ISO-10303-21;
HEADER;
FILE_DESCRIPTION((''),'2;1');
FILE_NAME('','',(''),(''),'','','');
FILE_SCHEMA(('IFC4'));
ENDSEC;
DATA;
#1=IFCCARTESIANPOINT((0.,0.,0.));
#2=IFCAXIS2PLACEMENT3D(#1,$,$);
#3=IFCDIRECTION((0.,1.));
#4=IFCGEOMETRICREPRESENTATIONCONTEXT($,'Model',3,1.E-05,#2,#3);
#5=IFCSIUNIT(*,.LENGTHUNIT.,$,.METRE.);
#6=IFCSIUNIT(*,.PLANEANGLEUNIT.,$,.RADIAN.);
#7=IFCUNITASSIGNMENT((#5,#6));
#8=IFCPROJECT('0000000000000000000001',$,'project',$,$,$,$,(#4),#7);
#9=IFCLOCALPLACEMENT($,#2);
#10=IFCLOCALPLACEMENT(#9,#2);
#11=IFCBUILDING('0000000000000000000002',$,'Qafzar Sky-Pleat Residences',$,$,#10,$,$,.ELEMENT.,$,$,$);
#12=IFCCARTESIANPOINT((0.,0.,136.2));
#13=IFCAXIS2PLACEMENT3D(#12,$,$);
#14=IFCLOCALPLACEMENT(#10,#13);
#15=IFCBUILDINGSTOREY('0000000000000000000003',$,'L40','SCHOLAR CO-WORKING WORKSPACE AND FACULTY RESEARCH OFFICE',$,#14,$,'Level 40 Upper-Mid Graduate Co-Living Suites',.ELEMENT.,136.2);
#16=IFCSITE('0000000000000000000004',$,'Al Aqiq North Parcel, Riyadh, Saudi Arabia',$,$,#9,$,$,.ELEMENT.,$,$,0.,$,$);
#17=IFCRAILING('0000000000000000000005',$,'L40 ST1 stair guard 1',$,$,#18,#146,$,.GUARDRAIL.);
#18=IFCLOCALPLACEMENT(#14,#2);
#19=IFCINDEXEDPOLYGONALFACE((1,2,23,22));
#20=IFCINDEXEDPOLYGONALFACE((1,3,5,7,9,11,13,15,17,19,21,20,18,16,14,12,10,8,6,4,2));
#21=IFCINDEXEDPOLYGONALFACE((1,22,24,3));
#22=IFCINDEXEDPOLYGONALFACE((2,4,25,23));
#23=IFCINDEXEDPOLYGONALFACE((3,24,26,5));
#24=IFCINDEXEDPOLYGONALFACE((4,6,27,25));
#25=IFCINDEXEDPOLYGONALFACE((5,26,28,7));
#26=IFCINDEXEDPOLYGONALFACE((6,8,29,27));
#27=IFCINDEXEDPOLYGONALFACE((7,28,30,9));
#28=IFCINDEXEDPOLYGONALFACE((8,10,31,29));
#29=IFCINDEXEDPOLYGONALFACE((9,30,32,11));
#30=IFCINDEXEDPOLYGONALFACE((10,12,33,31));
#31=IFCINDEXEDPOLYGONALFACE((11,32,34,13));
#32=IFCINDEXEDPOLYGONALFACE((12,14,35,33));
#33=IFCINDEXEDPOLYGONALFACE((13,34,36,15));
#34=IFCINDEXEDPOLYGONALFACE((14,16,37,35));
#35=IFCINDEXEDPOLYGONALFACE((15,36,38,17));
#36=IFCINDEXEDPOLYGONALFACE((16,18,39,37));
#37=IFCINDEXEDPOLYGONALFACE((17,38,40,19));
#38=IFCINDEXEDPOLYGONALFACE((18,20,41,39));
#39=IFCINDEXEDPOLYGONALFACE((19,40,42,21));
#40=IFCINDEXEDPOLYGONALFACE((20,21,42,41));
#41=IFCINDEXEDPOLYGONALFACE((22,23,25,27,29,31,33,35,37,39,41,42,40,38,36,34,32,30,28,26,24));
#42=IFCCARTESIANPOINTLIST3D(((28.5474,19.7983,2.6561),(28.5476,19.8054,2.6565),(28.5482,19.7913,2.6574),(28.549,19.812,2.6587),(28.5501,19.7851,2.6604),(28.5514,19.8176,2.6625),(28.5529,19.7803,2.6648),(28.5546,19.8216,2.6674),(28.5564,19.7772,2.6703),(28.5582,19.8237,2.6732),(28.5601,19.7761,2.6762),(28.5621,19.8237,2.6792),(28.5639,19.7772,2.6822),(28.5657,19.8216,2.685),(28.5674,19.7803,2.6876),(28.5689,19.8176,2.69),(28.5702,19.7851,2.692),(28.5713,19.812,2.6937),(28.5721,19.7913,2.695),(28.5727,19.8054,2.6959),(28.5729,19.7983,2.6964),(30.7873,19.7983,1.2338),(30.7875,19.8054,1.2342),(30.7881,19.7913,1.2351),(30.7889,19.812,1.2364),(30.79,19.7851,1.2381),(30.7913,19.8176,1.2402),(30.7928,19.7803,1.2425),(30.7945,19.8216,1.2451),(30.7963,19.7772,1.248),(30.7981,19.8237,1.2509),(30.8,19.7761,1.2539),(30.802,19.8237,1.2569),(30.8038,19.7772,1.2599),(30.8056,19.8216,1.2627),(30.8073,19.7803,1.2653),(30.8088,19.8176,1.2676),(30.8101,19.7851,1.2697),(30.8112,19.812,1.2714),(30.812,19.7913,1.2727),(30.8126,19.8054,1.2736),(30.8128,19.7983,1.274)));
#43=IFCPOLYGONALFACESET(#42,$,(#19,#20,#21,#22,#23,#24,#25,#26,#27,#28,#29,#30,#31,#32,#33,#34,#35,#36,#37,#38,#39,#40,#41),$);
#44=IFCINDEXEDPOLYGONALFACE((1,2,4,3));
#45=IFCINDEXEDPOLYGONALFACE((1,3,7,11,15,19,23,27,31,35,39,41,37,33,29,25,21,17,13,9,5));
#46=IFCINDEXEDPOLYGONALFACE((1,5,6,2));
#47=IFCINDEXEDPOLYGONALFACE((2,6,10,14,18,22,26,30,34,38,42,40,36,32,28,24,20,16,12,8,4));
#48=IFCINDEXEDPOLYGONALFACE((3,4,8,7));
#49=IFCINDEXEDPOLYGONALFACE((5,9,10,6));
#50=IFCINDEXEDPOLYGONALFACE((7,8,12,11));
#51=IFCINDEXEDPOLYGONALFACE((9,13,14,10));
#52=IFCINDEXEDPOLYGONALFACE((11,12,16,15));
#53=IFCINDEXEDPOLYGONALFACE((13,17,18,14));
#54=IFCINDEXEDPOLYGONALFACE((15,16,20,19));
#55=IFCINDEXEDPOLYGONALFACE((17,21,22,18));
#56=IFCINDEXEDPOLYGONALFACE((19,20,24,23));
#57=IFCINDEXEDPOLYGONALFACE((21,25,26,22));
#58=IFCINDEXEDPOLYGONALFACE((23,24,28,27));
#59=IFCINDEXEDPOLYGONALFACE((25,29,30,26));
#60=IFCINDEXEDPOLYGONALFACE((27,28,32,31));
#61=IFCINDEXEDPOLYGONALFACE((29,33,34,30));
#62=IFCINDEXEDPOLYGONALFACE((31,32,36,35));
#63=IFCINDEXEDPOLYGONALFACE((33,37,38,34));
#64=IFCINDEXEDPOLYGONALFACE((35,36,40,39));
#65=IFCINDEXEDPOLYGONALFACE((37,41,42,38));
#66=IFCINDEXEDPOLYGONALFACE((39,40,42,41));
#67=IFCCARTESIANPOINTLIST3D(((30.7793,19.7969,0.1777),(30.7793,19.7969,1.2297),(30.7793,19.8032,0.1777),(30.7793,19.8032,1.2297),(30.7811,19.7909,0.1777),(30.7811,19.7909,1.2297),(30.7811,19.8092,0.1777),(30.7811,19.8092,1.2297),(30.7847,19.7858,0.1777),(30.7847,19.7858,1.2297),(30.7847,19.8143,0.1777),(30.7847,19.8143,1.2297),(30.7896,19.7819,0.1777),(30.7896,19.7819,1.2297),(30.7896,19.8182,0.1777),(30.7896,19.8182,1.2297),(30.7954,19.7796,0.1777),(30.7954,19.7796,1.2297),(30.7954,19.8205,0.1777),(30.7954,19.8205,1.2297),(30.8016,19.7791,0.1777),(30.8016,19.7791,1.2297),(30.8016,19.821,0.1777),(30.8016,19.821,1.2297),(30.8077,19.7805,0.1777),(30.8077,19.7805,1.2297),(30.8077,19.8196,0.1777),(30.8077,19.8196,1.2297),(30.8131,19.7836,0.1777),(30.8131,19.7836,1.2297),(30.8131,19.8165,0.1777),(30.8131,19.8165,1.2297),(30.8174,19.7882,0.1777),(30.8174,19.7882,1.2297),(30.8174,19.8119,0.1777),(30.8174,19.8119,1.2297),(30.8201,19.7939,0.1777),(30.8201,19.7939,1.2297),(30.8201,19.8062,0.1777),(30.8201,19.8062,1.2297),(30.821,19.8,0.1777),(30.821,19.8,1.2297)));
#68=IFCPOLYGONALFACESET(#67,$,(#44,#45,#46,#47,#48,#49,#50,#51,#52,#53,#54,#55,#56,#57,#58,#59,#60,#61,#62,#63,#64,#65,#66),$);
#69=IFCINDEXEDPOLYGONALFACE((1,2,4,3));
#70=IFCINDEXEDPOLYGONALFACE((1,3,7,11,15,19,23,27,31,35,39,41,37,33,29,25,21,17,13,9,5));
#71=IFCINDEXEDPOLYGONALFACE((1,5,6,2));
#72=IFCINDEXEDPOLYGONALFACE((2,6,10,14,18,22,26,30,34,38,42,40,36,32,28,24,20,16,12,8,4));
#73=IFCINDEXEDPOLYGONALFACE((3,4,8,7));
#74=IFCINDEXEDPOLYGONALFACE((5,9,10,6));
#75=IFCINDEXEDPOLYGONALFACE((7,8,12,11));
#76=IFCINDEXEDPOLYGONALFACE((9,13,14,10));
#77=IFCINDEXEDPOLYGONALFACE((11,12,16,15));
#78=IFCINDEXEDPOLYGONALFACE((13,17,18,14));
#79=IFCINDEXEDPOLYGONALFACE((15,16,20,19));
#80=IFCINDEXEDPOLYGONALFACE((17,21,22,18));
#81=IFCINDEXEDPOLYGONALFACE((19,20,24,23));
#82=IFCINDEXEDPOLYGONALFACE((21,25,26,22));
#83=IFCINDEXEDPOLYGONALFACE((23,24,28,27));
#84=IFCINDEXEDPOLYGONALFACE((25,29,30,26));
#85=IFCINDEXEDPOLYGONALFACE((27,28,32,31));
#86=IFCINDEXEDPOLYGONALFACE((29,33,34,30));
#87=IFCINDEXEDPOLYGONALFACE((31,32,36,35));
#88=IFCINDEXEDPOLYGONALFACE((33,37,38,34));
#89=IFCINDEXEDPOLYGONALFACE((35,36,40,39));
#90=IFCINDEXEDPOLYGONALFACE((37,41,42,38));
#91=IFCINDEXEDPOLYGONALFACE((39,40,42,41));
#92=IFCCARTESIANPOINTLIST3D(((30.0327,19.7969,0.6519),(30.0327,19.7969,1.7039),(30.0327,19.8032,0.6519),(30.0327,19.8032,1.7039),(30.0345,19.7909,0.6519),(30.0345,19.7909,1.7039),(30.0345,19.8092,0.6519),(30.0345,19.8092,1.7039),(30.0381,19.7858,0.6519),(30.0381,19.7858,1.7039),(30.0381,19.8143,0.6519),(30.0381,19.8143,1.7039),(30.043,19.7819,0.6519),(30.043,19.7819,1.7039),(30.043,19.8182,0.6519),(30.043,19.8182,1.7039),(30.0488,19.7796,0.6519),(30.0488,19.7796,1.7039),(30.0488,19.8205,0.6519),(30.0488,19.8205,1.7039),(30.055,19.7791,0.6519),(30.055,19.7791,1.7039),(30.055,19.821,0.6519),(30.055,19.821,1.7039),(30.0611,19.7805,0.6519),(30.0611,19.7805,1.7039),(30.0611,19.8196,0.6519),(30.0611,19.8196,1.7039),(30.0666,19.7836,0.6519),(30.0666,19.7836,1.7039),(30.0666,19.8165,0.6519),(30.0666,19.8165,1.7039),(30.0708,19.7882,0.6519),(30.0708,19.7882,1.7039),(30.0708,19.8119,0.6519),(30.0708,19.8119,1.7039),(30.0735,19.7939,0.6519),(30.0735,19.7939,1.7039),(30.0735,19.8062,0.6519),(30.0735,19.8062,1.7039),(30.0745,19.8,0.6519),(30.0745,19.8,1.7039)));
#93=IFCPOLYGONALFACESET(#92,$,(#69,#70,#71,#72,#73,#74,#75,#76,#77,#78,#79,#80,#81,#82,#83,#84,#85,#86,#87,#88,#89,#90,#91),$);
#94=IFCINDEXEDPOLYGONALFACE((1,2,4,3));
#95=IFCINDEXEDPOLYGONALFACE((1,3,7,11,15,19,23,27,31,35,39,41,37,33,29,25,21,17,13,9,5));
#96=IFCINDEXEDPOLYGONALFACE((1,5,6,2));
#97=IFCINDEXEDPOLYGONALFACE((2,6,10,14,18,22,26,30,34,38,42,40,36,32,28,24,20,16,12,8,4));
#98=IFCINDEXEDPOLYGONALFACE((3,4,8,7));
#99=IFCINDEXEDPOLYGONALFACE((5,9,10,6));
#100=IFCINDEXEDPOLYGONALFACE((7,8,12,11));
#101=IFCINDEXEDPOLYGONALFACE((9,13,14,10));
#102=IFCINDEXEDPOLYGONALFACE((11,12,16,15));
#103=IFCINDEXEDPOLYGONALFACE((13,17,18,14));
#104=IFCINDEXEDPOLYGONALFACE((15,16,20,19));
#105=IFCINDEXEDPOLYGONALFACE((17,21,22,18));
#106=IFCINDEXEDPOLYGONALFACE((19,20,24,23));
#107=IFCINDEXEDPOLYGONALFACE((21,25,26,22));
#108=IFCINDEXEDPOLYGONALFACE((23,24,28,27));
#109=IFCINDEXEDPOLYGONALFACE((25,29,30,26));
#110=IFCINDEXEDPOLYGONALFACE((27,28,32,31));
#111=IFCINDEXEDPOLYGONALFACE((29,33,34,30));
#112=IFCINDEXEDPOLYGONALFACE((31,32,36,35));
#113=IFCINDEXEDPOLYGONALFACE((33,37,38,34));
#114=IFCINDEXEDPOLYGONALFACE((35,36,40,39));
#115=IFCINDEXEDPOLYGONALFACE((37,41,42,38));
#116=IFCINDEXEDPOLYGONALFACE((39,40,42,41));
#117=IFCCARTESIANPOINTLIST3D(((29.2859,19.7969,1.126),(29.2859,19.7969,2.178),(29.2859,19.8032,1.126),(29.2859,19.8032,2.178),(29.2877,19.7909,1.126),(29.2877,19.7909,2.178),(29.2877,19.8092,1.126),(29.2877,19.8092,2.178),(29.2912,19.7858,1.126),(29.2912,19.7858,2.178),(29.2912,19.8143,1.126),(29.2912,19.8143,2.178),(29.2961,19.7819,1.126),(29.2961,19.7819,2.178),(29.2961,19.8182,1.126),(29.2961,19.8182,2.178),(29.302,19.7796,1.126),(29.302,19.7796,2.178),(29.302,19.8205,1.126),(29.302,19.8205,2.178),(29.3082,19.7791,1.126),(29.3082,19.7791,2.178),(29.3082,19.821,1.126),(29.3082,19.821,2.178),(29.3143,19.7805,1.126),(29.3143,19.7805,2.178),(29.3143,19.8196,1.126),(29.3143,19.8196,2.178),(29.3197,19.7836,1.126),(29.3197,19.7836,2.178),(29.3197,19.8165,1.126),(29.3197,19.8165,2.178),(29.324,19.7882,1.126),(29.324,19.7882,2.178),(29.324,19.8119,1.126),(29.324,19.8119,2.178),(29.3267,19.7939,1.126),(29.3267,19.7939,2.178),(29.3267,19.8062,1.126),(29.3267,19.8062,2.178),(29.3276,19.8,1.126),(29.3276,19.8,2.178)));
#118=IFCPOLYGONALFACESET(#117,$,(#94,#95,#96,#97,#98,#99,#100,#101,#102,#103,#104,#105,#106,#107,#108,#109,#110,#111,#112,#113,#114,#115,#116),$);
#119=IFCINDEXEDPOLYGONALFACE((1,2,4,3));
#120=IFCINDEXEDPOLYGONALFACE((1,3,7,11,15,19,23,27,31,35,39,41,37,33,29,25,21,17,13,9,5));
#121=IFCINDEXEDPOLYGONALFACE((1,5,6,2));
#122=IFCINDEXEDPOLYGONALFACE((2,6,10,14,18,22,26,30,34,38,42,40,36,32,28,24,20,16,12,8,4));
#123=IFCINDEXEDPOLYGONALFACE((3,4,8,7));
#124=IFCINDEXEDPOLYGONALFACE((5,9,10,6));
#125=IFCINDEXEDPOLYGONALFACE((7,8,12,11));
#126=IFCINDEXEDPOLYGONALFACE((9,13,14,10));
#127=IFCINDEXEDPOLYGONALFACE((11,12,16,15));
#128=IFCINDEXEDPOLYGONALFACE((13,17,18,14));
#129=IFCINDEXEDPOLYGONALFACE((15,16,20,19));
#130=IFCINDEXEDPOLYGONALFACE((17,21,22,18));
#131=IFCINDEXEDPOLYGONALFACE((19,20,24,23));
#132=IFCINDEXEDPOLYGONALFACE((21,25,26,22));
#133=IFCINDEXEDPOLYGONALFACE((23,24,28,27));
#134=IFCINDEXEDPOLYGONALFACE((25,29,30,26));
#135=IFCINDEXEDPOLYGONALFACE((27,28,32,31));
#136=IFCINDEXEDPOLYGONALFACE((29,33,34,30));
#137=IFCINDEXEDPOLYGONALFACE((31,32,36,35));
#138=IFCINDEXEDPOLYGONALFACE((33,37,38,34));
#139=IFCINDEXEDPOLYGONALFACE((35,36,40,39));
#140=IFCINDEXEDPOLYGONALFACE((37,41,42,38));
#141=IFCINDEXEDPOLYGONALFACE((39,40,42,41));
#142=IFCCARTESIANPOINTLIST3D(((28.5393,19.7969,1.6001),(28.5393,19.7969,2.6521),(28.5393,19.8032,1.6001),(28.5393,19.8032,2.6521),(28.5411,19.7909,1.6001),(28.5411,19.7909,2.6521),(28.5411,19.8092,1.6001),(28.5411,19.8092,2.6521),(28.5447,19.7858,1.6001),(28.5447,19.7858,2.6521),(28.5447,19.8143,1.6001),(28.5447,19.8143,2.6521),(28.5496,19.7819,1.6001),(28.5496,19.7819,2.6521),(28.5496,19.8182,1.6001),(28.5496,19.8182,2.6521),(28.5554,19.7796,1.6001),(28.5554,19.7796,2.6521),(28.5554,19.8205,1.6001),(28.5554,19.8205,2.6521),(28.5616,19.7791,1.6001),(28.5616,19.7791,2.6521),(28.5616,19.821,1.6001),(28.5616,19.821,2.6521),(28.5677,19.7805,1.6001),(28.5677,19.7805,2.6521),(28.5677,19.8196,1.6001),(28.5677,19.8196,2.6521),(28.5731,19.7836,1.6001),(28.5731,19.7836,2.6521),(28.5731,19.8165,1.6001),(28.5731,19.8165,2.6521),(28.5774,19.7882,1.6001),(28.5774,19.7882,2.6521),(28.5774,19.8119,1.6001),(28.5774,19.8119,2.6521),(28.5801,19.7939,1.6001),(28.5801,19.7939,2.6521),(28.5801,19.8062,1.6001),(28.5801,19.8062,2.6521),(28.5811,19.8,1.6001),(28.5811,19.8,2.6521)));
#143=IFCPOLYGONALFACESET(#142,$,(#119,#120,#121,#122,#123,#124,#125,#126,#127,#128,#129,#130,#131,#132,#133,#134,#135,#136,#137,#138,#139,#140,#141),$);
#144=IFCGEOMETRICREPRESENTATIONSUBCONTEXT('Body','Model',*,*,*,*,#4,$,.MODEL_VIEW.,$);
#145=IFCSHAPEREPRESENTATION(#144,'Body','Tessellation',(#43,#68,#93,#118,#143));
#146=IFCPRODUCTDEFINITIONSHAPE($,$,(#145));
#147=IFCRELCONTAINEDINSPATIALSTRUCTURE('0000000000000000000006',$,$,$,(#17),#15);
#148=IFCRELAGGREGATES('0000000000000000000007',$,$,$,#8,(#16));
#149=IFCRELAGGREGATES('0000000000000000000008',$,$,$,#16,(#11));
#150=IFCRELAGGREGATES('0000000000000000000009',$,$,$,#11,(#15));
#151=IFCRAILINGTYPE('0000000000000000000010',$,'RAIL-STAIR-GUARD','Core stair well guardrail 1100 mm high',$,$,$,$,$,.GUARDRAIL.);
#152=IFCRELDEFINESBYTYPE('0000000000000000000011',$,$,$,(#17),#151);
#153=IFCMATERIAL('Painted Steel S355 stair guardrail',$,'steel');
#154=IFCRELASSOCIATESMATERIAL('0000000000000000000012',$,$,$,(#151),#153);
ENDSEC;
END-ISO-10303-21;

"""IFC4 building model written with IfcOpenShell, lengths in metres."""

from ifc_helpers import new_model, si_unit, direction, frame, origin, origin_2d, place, context, subcontext, project, spatial, circle, extrude, source, transform, mapped, material, type_object, element, save


model = new_model("IFC4")

# Units and contexts
model_context = context("Model", 3, precision=1e-05, world=origin(), true_north=direction((0.0, 1.0)))
body_context = subcontext(model_context, "Body", "Model", "MODEL_VIEW")
ifc_project = project(units=[si_unit("LENGTHUNIT", "METRE"), si_unit("PLANEANGLEUNIT", "RADIAN")], contexts=[model_context])

# Site, building, storey
site_placement = place(None, origin())
site = spatial("IfcSite", under=ifc_project, at=site_placement, Name="Al Aqiq North Parcel, Riyadh, Saudi Arabia", CompositionType="ELEMENT", RefElevation=0.0)
building_placement = place(site_placement, origin())
building = spatial("IfcBuilding", under=site, at=building_placement, Name="Qafzar Sky-Pleat Residences", CompositionType="ELEMENT")
storey_placement = place(building_placement, frame((0.0, 0.0, 136.2)))
storey = spatial("IfcBuildingStorey", under=building, at=storey_placement, Name="L40", Description="SCHOLAR CO-WORKING WORKSPACE AND FACULTY RESEARCH OFFICE", LongName="Level 40 Upper-Mid Graduate Co-Living Suites", CompositionType="ELEMENT", Elevation=136.2)

# Railing
ifc_material_1 = material(Name="Painted Steel S355 stair guardrail", Category="steel")
railing_type_1 = type_object("IfcRailingType", Name="RAIL-STAIR-GUARD", Description="Core stair well guardrail 1100 mm high", PredefinedType="GUARDRAIL", material=ifc_material_1)
shared_shape_1 = source(origin(), body_context, "Body", "SweptSolid", [
    extrude(circle(Radius=0.0239, at=origin_2d()), frame((0.0, 0.0, 1.0762), z_axis=(-0.844188, 0.0, 0.536048), x_axis=(0.0, -1.0, 0.0)), (0.0, 0.0, 1.0), 2.6533),
    extrude(circle(Radius=0.021, at=origin_2d()), origin(), (0.0, 0.0, 1.0), 1.052),
    extrude(circle(Radius=0.021, at=origin_2d()), frame((-0.7466, 0.0, 0.4741)), (0.0, 0.0, 1.0), 1.052),
    extrude(circle(Radius=0.021, at=origin_2d()), frame((-1.4934, 0.0, 0.9482)), (0.0, 0.0, 1.0), 1.052),
    extrude(circle(Radius=0.021, at=origin_2d()), frame((-2.24, 0.0, 1.4224)), (0.0, 0.0, 1.0), 1.052),
])
railing_1_placement = place(storey_placement, frame((30.8, 19.8, 0.1777)))
element("IfcRailing", 1, at=railing_1_placement, inside=storey, type_object=railing_type_1, Name="L40 ST1 stair guard 1", PredefinedType="GUARDRAIL", context=body_context, shape_type="MappedRepresentation", body=[
    mapped(shared_shape_1, transform((0.0, 0.0, 0.0), x_axis=(1.0, 0.0, 0.0), y_axis=(0.0, 1.0, 0.0), z_axis=(0.0, 0.0, 1.0), scale=1.0)),
])

save(model, "model.ifc")
